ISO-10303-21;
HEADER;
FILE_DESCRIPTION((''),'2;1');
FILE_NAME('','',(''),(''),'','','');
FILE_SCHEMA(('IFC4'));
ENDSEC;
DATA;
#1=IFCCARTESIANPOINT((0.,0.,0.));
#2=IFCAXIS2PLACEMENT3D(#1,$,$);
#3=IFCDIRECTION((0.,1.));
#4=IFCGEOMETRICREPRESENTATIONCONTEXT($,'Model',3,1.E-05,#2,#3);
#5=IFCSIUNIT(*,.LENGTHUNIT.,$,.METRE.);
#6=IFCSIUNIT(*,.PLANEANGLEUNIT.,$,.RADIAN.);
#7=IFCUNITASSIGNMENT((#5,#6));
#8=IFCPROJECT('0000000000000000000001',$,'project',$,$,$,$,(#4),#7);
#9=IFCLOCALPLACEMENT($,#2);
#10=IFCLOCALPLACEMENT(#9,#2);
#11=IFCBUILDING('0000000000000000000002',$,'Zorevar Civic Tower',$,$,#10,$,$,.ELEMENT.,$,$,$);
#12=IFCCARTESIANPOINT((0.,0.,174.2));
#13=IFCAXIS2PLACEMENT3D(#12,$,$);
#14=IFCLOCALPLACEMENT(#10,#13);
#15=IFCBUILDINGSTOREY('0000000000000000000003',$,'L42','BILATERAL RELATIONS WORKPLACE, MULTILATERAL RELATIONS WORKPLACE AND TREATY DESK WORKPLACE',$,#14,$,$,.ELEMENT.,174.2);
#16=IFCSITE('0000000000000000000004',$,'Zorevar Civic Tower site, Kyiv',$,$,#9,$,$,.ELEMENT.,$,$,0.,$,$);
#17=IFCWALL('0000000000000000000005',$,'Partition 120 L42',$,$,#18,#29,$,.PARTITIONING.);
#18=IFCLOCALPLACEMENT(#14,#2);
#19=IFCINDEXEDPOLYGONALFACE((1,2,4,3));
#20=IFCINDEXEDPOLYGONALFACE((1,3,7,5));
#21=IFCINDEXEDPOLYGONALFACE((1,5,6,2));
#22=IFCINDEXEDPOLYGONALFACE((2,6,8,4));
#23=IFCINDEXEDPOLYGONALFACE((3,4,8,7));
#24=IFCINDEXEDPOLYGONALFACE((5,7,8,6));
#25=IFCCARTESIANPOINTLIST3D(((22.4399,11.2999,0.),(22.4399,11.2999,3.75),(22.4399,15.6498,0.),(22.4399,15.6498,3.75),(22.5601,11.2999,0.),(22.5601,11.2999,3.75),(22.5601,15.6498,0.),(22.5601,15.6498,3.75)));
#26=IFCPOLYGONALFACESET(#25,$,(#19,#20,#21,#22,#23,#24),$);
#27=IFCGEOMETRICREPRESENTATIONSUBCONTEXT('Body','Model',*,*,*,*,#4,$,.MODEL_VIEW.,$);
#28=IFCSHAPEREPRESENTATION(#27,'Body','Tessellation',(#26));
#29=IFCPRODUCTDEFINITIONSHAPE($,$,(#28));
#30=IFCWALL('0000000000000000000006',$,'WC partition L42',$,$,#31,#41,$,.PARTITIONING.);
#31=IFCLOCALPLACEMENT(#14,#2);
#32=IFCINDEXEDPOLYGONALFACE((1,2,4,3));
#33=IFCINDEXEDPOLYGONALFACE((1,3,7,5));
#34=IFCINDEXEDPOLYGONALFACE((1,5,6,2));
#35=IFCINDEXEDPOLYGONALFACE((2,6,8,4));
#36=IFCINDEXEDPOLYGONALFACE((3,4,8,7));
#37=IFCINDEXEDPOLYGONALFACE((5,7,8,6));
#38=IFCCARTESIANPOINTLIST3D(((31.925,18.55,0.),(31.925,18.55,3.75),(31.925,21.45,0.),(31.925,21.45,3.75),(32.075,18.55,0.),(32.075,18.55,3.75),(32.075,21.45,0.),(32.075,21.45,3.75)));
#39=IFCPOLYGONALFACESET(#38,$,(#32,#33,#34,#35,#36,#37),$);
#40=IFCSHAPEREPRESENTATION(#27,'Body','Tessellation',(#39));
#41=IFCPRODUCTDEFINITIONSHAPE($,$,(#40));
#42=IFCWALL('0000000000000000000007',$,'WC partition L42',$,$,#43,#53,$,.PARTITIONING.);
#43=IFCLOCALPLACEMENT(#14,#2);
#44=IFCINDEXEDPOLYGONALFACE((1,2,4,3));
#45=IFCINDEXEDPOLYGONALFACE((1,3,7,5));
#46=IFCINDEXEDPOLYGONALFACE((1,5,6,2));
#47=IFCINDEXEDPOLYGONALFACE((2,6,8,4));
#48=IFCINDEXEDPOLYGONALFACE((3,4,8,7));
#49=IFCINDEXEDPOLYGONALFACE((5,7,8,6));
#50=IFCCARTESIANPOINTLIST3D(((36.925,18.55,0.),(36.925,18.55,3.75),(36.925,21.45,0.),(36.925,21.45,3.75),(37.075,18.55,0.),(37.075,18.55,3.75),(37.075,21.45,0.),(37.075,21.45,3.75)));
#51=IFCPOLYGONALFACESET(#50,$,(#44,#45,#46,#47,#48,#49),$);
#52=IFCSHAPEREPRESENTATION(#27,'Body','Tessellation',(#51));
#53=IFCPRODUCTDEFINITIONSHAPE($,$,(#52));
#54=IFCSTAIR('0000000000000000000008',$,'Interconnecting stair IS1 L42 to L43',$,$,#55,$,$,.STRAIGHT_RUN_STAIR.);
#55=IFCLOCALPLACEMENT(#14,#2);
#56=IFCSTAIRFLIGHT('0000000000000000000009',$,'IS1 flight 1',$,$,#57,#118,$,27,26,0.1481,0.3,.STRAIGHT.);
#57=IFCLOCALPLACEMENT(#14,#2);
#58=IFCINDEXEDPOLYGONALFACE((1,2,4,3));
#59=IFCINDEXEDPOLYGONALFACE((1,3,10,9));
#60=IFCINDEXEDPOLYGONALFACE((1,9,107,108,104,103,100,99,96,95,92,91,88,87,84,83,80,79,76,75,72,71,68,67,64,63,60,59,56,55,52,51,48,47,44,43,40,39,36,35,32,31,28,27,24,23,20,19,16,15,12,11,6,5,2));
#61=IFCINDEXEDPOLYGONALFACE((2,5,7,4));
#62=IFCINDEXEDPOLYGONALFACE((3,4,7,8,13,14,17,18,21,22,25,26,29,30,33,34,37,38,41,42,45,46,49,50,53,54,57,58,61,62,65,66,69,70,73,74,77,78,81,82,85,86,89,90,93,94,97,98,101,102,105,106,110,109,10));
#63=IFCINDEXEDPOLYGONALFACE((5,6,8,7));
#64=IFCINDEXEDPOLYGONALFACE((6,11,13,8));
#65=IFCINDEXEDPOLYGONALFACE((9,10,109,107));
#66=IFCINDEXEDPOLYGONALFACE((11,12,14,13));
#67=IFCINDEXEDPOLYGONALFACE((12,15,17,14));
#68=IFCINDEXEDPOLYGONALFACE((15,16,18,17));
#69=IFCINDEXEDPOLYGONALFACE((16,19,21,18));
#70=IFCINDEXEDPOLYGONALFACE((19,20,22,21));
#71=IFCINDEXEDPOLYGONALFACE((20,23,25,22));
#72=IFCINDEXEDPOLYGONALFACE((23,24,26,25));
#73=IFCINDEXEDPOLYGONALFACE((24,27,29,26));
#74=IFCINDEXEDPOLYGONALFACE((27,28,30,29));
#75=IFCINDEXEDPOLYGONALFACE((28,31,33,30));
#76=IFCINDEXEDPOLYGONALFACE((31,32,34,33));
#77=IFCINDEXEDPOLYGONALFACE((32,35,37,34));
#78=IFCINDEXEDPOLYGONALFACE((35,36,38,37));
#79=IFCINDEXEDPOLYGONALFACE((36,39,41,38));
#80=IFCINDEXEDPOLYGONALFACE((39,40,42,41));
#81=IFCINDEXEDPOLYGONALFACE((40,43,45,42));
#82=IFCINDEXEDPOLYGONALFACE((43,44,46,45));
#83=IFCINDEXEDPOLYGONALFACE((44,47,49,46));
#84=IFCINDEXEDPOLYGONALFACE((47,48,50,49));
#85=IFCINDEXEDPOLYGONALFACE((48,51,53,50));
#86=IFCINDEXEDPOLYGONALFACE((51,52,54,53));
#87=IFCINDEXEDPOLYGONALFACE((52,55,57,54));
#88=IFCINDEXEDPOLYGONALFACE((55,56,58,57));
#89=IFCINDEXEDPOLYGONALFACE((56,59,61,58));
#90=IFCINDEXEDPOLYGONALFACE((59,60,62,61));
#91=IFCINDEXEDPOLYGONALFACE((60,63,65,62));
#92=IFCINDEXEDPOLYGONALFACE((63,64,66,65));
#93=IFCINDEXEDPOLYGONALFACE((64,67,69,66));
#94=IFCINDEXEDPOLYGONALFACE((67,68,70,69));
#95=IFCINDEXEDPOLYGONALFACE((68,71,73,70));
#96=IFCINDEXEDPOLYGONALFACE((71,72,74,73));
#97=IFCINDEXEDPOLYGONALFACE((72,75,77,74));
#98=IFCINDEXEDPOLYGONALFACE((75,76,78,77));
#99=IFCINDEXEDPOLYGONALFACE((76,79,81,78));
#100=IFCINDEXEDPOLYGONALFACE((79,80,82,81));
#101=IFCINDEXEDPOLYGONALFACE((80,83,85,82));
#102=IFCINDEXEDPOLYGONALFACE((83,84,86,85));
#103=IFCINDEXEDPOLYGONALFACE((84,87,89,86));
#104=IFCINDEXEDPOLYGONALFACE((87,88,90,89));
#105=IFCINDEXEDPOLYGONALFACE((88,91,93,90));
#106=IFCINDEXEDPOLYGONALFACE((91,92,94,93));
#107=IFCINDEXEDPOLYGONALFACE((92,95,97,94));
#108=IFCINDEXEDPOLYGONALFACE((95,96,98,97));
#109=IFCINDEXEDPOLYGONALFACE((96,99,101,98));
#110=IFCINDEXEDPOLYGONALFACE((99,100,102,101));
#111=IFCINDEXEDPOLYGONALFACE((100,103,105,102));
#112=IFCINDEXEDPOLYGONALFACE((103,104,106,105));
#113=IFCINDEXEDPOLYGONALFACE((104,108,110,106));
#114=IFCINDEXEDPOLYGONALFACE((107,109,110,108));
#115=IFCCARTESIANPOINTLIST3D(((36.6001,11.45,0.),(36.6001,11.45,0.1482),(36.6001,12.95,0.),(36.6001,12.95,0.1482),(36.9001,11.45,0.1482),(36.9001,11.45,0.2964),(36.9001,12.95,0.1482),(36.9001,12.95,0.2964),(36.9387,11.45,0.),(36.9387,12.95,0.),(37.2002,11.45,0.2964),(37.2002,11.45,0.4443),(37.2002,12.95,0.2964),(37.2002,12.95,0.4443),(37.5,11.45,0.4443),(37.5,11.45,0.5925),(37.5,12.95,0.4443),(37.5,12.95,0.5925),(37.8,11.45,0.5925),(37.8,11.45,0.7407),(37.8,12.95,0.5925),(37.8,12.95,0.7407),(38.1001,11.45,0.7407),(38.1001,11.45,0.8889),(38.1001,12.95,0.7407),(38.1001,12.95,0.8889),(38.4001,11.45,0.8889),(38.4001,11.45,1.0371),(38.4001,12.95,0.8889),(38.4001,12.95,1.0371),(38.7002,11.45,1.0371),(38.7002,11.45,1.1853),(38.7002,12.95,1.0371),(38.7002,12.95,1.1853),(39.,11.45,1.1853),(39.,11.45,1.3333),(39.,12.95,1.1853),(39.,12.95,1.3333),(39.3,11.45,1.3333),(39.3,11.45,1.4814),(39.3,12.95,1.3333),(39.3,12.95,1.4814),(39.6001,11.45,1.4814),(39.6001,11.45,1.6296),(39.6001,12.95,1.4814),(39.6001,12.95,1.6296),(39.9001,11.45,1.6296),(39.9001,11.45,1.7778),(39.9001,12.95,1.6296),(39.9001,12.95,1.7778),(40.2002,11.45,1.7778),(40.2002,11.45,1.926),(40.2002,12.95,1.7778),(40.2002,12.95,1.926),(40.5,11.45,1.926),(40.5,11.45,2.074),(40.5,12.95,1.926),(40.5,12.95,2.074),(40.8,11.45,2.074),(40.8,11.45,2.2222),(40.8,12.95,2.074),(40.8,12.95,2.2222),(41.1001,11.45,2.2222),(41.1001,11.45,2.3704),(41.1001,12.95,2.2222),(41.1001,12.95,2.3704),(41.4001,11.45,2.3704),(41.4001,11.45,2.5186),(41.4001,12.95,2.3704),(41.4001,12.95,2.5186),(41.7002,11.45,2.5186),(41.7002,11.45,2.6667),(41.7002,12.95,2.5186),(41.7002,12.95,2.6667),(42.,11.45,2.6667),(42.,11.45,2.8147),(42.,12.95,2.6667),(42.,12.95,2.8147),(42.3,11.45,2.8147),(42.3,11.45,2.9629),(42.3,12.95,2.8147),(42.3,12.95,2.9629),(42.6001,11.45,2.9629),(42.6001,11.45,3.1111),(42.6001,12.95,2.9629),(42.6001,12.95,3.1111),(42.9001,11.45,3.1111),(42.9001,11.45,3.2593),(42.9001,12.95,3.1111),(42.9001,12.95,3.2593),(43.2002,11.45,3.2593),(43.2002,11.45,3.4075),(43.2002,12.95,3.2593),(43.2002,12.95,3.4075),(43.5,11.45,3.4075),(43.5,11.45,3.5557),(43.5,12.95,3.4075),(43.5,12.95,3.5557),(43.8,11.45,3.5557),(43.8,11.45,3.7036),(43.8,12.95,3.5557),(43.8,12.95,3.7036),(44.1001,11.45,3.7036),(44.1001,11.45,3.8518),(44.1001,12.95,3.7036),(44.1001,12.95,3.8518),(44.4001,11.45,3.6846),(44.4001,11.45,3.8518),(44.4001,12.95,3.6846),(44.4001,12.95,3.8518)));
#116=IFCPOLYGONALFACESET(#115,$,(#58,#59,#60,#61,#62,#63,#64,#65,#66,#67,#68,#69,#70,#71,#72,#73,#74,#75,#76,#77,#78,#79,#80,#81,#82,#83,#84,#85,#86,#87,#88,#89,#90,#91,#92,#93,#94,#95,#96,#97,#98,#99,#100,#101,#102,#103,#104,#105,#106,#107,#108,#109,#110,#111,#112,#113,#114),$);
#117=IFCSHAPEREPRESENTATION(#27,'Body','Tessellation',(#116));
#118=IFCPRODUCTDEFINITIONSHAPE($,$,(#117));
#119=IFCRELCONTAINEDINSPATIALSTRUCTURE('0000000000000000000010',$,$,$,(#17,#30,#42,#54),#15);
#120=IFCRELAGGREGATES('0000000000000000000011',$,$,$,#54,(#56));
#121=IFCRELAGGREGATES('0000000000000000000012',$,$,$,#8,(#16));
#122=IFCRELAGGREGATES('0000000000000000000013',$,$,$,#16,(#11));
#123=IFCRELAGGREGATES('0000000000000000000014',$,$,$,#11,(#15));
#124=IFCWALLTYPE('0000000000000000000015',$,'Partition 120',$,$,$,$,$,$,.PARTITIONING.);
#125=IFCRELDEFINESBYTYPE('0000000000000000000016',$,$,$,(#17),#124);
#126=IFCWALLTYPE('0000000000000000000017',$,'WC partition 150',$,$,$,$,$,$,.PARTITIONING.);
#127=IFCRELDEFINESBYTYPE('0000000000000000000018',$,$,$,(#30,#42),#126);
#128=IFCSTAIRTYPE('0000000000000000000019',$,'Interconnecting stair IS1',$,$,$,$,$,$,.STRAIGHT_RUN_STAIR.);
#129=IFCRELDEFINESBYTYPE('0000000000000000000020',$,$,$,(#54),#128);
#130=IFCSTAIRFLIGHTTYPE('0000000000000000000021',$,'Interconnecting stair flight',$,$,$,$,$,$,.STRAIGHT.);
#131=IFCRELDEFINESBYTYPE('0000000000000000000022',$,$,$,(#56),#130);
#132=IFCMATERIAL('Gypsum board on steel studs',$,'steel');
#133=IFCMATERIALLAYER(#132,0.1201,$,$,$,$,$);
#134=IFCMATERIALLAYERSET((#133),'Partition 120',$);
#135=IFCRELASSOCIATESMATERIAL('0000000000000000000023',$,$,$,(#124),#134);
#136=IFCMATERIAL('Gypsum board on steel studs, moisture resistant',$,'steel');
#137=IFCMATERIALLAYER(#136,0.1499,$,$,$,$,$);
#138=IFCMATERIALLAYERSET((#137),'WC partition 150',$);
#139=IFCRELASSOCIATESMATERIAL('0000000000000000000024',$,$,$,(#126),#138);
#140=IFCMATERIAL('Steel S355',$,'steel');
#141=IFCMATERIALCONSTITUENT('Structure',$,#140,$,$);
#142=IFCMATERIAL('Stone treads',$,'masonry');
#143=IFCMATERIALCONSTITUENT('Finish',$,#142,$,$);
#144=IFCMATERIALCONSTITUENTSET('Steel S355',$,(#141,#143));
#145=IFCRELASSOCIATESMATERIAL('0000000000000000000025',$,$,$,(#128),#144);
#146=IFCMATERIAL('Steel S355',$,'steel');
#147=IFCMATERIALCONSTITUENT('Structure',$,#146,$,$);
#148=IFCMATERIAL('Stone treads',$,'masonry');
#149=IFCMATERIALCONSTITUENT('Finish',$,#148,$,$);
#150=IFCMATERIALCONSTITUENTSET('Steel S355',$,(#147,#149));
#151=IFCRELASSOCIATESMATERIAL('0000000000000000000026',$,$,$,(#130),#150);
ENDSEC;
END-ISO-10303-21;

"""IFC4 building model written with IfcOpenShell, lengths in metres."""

from ifc_helpers import new_model, si_unit, direction, frame, frame_2d, origin, place, context, subcontext, project, spatial, polyline, rectangle, outline, extrude, material, layer, layer_set, constituent, constituent_set, type_object, element, aggregate, save


model = new_model("IFC4")

# Units and contexts
model_context = context("Model", 3, precision=1e-05, world=origin(), true_north=direction((0.0, 1.0)))
body_context = subcontext(model_context, "Body", "Model", "MODEL_VIEW")
ifc_project = project(units=[si_unit("LENGTHUNIT", "METRE"), si_unit("PLANEANGLEUNIT", "RADIAN")], contexts=[model_context])

# Site, building, storey
site_placement = place(None, origin())
site = spatial("IfcSite", under=ifc_project, at=site_placement, Name="Zorevar Civic Tower site, Kyiv", CompositionType="ELEMENT", RefElevation=0.0)
building_placement = place(site_placement, origin())
building = spatial("IfcBuilding", under=site, at=building_placement, Name="Zorevar Civic Tower", CompositionType="ELEMENT")
storey_placement = place(building_placement, frame((0.0, 0.0, 174.2)))
storey = spatial("IfcBuildingStorey", under=building, at=storey_placement, Name="L42", Description="BILATERAL RELATIONS WORKPLACE, MULTILATERAL RELATIONS WORKPLACE AND TREATY DESK WORKPLACE", CompositionType="ELEMENT", Elevation=174.2)

# Shared definitions
ifc_material_1 = material(Name="Gypsum board on steel studs", Category="steel")
ifc_layer_1 = layer(ifc_material_1, 0.1201)
ifc_layer_set_1 = layer_set([ifc_layer_1], Name="Partition 120")
wall_type_1 = type_object("IfcWallType", Name="Partition 120", PredefinedType="PARTITIONING", material=ifc_layer_set_1)

# Walls
wall_1_placement = place(storey_placement, frame((22.5, 11.3, 0.0), z_axis=(0.0, 0.0, 1.0), x_axis=(0.0, 1.0, 0.0)))
element("IfcWall", 1, at=wall_1_placement, inside=storey, type_object=wall_type_1, Name="Partition 120 L42", PredefinedType="PARTITIONING", context=body_context, shape_type="SweptSolid", body=[
    extrude(rectangle(XDim=4.3499, YDim=0.1201, at=frame_2d((2.1748, 0.0))), origin(), (0.0, 0.0, 1.0), 3.75),
])
ifc_material_2 = material(Name="Gypsum board on steel studs, moisture resistant", Category="steel")
ifc_layer_2 = layer(ifc_material_2, 0.1499)
ifc_layer_set_2 = layer_set([ifc_layer_2], Name="WC partition 150")
wall_type_2 = type_object("IfcWallType", Name="WC partition 150", PredefinedType="PARTITIONING", material=ifc_layer_set_2)
for number, where, z_axis, x_axis, name in (
    (2, (32.0, 18.55, 0.0), (0.0, 0.0, 1.0), (0.0, 1.0, 0.0), "WC partition L42"),
    (3, (37.0, 18.55, 0.0), (0.0, 0.0, 1.0), (0.0, 1.0, 0.0), "WC partition L42"),
):
    element("IfcWall", number, at=place(storey_placement, frame(where, z_axis=z_axis, x_axis=x_axis)), inside=storey, type_object=wall_type_2, Name=name, PredefinedType="PARTITIONING", context=body_context, shape_type="SweptSolid", body=[
        extrude(rectangle(XDim=2.8999, YDim=0.1499, at=frame_2d((1.45, 0.0))), origin(), (0.0, 0.0, 1.0), 3.75),
    ])

# Stair, stair flight
ifc_material_3 = material(Name="Steel S355", Category="steel")
ifc_constituent_1 = constituent(ifc_material_3, Name="Structure")
ifc_material_4 = material(Name="Stone treads", Category="masonry")
ifc_constituent_2 = constituent(ifc_material_4, Name="Finish")
ifc_constituent_set_1 = constituent_set(constituents=[ifc_constituent_1, ifc_constituent_2], Name="Steel S355")
stair_type = type_object("IfcStairType", Name="Interconnecting stair IS1", PredefinedType="STRAIGHT_RUN_STAIR", material=ifc_constituent_set_1)
stair_placement = place(storey_placement, origin())
stair = element("IfcStair", 4, at=stair_placement, inside=storey, type_object=stair_type, Name="Interconnecting stair IS1 L42 to L43", PredefinedType="STRAIGHT_RUN_STAIR")
ifc_material_5 = material(Name="Steel S355", Category="steel")
ifc_constituent_3 = constituent(ifc_material_5, Name="Structure")
ifc_material_6 = material(Name="Stone treads", Category="masonry")
ifc_constituent_4 = constituent(ifc_material_6, Name="Finish")
ifc_constituent_set_2 = constituent_set(constituents=[ifc_constituent_3, ifc_constituent_4], Name="Steel S355")
stair_flight_type = type_object("IfcStairFlightType", Name="Interconnecting stair flight", PredefinedType="STRAIGHT", material=ifc_constituent_set_2)
stair_flight_placement = place(storey_placement, frame((36.6001, 12.2, 0.0), z_axis=(0.0, 0.0, 1.0), x_axis=(1.0, 0.0, 0.0)))
stair_flight = element("IfcStairFlight", 5, at=stair_flight_placement, type_object=stair_flight_type, Name="IS1 flight 1", NumberOfRisers=27, NumberOfTreads=26, PredefinedType="STRAIGHT", RiserHeight=0.1481, TreadLength=0.3, context=body_context, shape_type="SweptSolid", body=[
    extrude(outline(polyline([(0.0, 0.0), (0.0, 0.1482), (0.3, 0.1482), (0.3, 0.2964), (0.6001, 0.2964), (0.6001, 0.4443), (0.8999, 0.4443), (0.8999, 0.5925), (1.2, 0.5925), (1.2, 0.7407), (1.5, 0.7407), (1.5, 0.8889), (1.8, 0.8889), (1.8, 1.0371), (2.1001, 1.0371), (2.1001, 1.1853), (2.3999, 1.1853), (2.3999, 1.3333), (2.7, 1.3333), (2.7, 1.4814), (3.0, 1.4814), (3.0, 1.6296), (3.3, 1.6296), (3.3, 1.7778), (3.6001, 1.7778), (3.6001, 1.926), (3.8999, 1.926), (3.8999, 2.074), (4.2, 2.074), (4.2, 2.2222), (4.5, 2.2222), (4.5, 2.3704), (4.8, 2.3704), (4.8, 2.5186), (5.1001, 2.5186), (5.1001, 2.6667), (5.3999, 2.6667), (5.3999, 2.8147), (5.7, 2.8147), (5.7, 2.9629), (6.0, 2.9629), (6.0, 3.1111), (6.3, 3.1111), (6.3, 3.2593), (6.6001, 3.2593), (6.6001, 3.4075), (6.8999, 3.4075), (6.8999, 3.5557), (7.2, 3.5557), (7.2, 3.7036), (7.5, 3.7036), (7.5, 3.8518), (7.8, 3.8518), (7.8, 4.0), (7.8, 3.6846), (0.3386, 0.0), (0.0, 0.0)])), frame((0.0, 0.75, 0.0), z_axis=(0.0, -1.0, 0.0), x_axis=(1.0, 0.0, 0.0)), (0.0, 0.0, 1.0), 1.5),
])
aggregate(stair, [stair_flight])

save(model, "model.ifc")
